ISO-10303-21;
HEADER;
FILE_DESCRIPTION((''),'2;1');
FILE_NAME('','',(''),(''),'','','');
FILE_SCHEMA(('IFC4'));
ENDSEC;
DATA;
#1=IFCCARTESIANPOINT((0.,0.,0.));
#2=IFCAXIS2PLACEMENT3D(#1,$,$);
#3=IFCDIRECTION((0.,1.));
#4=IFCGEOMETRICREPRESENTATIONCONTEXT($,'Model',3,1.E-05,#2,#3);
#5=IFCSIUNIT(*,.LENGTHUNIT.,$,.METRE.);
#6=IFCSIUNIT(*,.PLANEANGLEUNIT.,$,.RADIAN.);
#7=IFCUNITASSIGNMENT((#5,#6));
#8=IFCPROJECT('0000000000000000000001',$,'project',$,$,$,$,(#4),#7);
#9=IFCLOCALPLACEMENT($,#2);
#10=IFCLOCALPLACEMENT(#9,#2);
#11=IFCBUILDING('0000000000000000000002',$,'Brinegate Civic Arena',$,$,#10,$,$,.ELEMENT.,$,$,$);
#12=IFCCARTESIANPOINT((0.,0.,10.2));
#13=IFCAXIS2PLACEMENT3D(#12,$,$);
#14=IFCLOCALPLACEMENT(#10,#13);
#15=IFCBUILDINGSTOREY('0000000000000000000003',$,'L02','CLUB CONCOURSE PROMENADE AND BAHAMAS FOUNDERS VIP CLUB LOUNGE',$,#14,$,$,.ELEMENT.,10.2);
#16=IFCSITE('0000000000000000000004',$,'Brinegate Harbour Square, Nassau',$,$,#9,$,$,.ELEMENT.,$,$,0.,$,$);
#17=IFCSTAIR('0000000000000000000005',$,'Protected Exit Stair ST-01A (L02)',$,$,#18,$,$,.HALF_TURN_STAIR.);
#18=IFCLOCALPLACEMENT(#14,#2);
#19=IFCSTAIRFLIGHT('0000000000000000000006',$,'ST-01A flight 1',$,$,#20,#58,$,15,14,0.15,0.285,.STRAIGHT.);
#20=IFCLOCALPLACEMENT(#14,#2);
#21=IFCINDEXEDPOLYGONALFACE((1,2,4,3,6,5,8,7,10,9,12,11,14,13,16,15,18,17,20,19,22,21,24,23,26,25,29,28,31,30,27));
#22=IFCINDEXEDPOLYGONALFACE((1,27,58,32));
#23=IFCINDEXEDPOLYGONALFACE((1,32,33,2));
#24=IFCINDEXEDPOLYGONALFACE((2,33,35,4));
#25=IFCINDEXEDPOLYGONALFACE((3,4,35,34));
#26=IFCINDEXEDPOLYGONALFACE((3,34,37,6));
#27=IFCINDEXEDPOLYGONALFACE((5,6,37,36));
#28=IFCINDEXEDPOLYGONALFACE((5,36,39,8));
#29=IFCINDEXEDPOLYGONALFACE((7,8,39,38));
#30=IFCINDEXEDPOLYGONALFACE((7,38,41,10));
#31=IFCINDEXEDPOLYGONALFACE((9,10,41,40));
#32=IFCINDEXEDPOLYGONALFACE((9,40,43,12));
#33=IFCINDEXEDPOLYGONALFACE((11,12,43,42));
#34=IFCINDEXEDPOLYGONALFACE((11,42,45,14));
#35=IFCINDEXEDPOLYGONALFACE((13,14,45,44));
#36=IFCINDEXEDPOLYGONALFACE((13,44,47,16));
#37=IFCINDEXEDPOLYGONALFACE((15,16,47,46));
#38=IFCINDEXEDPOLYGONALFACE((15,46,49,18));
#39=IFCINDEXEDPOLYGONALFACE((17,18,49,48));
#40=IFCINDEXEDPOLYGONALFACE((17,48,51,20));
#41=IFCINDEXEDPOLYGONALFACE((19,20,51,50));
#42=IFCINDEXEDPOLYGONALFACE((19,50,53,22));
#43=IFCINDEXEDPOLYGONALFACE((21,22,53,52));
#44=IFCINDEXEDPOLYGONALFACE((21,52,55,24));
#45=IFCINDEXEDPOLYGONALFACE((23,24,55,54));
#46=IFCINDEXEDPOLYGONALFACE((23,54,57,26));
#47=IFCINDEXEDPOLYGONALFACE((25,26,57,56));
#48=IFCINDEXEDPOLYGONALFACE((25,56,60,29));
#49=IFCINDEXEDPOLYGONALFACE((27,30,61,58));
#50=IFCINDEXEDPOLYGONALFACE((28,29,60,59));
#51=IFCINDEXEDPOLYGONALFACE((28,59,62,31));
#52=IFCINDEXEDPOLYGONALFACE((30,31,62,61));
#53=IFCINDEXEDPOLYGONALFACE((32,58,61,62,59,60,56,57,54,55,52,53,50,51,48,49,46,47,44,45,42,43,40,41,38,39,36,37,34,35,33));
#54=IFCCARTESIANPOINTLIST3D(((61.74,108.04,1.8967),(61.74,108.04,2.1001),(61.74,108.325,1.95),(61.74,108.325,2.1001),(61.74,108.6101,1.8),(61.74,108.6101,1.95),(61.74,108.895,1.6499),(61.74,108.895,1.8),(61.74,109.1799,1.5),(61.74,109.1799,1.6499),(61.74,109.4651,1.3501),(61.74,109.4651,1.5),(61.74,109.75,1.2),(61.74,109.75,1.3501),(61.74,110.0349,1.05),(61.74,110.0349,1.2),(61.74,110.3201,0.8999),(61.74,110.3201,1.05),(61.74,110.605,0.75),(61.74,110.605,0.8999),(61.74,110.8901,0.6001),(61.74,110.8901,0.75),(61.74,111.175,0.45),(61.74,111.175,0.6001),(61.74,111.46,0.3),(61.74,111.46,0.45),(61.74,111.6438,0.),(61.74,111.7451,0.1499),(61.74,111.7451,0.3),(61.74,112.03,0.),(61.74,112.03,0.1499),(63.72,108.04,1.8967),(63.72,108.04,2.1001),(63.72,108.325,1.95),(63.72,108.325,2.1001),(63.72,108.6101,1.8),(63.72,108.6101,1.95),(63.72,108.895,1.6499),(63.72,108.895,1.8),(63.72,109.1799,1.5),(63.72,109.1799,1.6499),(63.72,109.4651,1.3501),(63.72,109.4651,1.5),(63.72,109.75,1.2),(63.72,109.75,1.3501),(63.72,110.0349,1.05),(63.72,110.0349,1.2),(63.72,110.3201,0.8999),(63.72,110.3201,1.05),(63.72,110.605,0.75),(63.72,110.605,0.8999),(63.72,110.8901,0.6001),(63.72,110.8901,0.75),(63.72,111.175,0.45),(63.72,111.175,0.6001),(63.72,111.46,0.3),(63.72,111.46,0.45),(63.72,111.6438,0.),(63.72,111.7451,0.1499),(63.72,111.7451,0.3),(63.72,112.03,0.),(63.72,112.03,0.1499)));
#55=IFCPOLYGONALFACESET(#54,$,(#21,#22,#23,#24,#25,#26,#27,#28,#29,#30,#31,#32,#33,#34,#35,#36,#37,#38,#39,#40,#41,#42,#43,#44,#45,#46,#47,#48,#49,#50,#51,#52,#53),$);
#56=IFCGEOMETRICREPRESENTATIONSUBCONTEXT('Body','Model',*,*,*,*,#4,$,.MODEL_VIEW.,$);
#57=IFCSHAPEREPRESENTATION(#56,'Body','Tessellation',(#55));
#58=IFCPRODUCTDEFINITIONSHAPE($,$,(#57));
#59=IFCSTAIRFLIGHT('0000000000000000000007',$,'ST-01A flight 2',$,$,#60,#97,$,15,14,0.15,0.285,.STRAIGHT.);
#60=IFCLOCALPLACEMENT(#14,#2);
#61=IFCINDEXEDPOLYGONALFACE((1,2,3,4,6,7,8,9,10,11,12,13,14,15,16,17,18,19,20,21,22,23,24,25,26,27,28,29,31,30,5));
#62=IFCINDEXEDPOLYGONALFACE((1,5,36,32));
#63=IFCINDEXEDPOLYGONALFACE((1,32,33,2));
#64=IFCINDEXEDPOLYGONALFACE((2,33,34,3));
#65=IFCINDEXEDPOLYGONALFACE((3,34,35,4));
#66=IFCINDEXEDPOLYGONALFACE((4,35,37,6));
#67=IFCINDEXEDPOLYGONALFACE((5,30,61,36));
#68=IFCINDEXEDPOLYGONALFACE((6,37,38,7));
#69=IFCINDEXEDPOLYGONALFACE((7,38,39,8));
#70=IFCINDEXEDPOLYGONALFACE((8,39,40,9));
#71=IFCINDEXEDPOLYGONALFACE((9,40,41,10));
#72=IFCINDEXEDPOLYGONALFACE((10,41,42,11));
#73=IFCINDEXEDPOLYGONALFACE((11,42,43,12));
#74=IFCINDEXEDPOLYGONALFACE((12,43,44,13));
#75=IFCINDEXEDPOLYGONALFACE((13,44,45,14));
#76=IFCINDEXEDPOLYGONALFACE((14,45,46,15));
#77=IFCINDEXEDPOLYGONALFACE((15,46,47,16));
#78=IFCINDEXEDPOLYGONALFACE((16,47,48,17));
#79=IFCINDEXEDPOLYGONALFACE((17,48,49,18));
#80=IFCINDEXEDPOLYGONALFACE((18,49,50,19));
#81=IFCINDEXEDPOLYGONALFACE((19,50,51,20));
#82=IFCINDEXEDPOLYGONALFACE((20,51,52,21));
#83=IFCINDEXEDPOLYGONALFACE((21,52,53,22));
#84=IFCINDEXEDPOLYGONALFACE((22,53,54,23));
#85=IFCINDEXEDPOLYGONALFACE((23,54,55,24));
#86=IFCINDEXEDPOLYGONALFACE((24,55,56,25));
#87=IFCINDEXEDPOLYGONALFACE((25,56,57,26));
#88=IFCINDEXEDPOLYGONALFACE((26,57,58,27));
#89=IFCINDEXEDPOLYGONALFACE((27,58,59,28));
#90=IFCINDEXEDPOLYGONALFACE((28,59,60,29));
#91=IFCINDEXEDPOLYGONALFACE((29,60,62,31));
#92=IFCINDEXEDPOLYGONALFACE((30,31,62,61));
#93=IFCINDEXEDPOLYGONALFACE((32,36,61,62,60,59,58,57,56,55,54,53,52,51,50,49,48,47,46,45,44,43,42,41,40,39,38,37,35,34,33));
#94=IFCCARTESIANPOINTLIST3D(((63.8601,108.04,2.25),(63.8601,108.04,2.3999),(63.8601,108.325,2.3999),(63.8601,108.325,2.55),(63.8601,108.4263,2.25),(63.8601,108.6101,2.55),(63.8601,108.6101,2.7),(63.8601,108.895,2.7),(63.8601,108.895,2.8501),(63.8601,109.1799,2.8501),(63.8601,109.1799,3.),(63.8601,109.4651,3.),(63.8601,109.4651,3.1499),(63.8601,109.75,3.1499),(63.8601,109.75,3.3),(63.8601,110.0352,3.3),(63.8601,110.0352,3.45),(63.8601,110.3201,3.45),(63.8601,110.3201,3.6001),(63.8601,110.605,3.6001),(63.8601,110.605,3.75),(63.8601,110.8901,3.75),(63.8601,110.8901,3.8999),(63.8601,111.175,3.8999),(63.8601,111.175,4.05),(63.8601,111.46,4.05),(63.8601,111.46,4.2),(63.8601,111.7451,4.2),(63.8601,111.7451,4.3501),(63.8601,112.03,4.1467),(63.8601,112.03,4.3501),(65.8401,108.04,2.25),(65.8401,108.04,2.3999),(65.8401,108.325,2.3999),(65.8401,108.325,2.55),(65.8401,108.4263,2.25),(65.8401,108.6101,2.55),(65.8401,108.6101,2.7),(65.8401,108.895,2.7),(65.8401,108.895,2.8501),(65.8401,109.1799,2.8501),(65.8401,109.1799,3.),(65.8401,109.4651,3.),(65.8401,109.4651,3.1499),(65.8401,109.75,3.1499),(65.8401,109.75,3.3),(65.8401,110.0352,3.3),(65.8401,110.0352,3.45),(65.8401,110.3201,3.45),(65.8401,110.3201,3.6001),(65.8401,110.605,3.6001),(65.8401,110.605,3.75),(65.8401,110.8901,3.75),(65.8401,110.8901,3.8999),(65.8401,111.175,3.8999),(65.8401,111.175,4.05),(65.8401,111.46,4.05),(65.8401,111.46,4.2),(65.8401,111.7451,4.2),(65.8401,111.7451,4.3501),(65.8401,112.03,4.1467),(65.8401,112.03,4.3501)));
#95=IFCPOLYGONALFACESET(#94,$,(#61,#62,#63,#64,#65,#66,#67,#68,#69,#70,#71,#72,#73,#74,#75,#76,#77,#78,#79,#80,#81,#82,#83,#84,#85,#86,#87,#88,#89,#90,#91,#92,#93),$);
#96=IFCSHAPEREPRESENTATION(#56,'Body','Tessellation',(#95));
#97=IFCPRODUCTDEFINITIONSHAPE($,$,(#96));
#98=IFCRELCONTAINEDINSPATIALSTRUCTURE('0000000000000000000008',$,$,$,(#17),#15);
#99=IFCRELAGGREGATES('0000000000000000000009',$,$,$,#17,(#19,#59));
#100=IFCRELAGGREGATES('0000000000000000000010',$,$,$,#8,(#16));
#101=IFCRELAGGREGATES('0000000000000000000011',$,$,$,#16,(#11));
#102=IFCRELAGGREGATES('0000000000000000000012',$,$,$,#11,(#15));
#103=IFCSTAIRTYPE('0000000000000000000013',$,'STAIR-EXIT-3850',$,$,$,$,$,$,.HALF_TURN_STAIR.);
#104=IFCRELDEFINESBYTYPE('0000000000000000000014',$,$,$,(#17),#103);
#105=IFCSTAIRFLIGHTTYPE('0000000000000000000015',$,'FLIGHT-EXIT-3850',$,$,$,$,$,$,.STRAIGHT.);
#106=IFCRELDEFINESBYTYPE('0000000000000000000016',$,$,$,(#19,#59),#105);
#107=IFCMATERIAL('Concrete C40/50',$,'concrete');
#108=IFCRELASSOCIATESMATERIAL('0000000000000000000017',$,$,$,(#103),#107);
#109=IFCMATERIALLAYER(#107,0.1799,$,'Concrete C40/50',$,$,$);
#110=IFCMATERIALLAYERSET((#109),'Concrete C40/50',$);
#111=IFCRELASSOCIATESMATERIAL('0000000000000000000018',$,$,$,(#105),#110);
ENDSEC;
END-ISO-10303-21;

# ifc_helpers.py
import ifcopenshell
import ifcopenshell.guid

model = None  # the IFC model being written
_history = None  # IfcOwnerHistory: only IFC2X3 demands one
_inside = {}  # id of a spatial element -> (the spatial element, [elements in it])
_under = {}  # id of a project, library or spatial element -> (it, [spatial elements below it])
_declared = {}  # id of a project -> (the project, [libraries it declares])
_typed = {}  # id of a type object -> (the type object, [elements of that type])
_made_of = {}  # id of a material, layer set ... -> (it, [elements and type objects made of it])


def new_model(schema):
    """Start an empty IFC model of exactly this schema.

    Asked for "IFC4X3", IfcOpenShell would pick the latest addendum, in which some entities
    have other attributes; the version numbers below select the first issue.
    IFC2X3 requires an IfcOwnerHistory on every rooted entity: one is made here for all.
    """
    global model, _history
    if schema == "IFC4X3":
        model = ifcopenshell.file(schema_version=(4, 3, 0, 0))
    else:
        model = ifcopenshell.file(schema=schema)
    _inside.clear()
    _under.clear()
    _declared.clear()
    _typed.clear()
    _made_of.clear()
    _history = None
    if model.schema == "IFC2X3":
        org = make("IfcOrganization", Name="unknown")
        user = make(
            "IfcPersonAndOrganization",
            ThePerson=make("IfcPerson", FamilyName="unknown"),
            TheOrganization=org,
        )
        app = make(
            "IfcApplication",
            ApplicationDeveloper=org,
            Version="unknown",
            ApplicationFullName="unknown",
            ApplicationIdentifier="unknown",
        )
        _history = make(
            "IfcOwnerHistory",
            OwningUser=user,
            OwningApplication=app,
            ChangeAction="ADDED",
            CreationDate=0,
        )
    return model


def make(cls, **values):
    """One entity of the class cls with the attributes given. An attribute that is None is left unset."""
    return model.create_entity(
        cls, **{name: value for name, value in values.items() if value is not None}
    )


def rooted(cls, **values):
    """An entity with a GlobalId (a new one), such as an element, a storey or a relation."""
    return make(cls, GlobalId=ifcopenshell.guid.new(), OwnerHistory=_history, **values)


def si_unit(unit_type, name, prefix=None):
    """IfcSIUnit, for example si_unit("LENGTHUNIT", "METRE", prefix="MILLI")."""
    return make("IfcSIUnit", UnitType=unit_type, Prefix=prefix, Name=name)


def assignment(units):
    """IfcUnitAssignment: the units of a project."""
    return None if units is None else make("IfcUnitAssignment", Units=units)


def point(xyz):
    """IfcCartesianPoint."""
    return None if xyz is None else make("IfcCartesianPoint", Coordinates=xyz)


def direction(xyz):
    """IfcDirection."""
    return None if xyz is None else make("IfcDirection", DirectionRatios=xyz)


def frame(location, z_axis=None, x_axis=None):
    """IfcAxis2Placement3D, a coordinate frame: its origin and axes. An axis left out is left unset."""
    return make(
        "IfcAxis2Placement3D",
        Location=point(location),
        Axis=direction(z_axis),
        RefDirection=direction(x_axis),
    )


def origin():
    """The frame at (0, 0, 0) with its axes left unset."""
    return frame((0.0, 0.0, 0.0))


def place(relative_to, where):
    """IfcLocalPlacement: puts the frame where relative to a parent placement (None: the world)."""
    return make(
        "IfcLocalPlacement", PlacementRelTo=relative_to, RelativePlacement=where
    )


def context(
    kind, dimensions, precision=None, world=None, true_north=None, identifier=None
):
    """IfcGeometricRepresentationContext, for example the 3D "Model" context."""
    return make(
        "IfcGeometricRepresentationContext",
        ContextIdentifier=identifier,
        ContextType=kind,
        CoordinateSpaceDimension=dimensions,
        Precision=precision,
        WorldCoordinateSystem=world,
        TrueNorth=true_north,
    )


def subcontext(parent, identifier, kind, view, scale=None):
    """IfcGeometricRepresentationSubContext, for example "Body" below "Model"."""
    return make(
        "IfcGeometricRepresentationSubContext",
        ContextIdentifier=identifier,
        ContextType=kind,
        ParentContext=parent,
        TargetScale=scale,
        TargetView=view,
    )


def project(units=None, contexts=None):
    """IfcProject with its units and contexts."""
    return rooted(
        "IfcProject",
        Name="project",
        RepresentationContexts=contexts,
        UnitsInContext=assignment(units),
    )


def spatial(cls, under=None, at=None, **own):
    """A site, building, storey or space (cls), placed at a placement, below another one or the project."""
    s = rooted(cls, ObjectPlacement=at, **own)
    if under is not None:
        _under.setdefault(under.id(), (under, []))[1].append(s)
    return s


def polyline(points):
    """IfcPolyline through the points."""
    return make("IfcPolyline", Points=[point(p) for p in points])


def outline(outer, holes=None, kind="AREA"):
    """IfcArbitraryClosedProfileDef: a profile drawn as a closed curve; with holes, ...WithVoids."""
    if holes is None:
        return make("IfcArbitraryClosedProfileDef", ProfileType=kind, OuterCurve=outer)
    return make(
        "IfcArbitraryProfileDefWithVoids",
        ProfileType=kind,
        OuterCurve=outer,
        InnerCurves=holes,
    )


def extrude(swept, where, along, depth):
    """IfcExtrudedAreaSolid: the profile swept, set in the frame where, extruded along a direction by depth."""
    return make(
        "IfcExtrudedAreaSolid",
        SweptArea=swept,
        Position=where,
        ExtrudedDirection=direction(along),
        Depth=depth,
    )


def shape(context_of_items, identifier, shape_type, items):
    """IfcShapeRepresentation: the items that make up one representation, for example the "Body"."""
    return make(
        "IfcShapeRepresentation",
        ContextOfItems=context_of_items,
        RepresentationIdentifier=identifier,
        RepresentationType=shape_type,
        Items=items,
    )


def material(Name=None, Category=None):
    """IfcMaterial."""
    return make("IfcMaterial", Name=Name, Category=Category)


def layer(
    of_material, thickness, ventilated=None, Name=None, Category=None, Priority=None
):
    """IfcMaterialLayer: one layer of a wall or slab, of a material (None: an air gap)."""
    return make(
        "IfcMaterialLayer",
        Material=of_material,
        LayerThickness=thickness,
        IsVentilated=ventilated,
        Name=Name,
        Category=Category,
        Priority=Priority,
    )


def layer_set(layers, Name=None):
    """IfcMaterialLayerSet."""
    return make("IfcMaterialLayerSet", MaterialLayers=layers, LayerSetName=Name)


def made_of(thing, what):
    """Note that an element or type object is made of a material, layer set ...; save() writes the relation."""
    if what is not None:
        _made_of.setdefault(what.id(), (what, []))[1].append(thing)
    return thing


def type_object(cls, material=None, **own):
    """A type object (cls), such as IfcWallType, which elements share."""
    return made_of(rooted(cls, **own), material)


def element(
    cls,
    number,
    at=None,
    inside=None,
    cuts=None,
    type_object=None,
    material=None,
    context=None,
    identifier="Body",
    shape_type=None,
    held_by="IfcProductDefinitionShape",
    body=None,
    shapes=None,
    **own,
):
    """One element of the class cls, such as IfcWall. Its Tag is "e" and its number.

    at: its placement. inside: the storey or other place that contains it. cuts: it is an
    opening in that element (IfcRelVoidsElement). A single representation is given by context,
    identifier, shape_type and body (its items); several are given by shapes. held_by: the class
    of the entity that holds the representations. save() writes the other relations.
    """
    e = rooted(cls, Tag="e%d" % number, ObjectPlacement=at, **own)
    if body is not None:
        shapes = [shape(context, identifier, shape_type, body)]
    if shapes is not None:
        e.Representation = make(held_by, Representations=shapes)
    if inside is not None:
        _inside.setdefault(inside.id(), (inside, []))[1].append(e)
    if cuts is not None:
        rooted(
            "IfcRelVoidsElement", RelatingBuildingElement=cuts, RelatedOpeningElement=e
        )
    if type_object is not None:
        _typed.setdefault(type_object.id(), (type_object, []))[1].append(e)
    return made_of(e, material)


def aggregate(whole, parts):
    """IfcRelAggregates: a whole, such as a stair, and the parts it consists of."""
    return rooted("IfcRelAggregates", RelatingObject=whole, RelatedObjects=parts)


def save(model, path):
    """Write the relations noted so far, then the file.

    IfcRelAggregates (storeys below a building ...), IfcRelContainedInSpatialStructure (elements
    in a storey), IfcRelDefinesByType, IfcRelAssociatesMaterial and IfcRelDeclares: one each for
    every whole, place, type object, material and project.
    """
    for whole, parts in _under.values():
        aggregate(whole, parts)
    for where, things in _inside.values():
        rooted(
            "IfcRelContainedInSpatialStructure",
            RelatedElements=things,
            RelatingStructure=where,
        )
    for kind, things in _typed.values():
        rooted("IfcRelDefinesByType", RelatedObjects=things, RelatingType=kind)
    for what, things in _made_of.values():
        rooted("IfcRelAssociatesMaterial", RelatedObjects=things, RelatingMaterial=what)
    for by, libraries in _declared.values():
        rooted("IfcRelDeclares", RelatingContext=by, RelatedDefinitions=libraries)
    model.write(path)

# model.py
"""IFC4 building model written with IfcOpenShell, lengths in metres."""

from ifc_helpers import new_model, si_unit, direction, frame, origin, place, context, subcontext, project, spatial, polyline, outline, extrude, material, layer, layer_set, type_object, element, aggregate, save


model = new_model("IFC4")

# Units and contexts
model_context = context("Model", 3, precision=1e-05, world=origin(), true_north=direction((0.0, 1.0)))
body_context = subcontext(model_context, "Body", "Model", "MODEL_VIEW")
ifc_project = project(units=[si_unit("LENGTHUNIT", "METRE"), si_unit("PLANEANGLEUNIT", "RADIAN")], contexts=[model_context])

# Site, building, storey
site_placement = place(None, origin())
site = spatial("IfcSite", under=ifc_project, at=site_placement, Name="Brinegate Harbour Square, Nassau", CompositionType="ELEMENT", RefElevation=0.0)
building_placement = place(site_placement, origin())
building = spatial("IfcBuilding", under=site, at=building_placement, Name="Brinegate Civic Arena", CompositionType="ELEMENT")
storey_placement = place(building_placement, frame((0.0, 0.0, 10.2)))
storey = spatial("IfcBuildingStorey", under=building, at=storey_placement, Name="L02", Description="CLUB CONCOURSE PROMENADE AND BAHAMAS FOUNDERS VIP CLUB LOUNGE", CompositionType="ELEMENT", Elevation=10.2)

# Stair, stair flights
ifc_material_1 = material(Name="Concrete C40/50", Category="concrete")
stair_type_1 = type_object("IfcStairType", Name="STAIR-EXIT-3850", PredefinedType="HALF_TURN_STAIR", material=ifc_material_1)
stair_1_placement = place(storey_placement, origin())
stair_1 = element("IfcStair", 1, at=stair_1_placement, inside=storey, type_object=stair_type_1, Name="Protected Exit Stair ST-01A (L02)", PredefinedType="HALF_TURN_STAIR")
ifc_layer_1 = layer(ifc_material_1, 0.1799, Name="Concrete C40/50")
ifc_layer_set_1 = layer_set([ifc_layer_1], Name="Concrete C40/50")
stair_flight_type_1 = type_object("IfcStairFlightType", Name="FLIGHT-EXIT-3850", PredefinedType="STRAIGHT", material=ifc_layer_set_1)
stair_flight_1_placement = place(storey_placement, frame((62.73, 112.03, 0.0), z_axis=(0.0, 0.0, 1.0), x_axis=(0.0, -1.0, 0.0)))
stair_flight_1 = element("IfcStairFlight", 2, at=stair_flight_1_placement, type_object=stair_flight_type_1, Name="ST-01A flight 1", NumberOfRisers=15, NumberOfTreads=14, PredefinedType="STRAIGHT", RiserHeight=0.15, TreadLength=0.285, context=body_context, shape_type="SweptSolid", body=[
    extrude(outline(polyline([(0.0, 0.0), (0.0, 0.1499), (0.2849, 0.1499), (0.2849, 0.3), (0.5701, 0.3), (0.5701, 0.45), (0.855, 0.45), (0.855, 0.6001), (1.1399, 0.6001), (1.1399, 0.75), (1.425, 0.75), (1.425, 0.8999), (1.71, 0.8999), (1.71, 1.05), (1.9951, 1.05), (1.9951, 1.2), (2.28, 1.2), (2.28, 1.3501), (2.5649, 1.3501), (2.5649, 1.5), (2.8501, 1.5), (2.8501, 1.6499), (3.135, 1.6499), (3.135, 1.8), (3.4199, 1.8), (3.4199, 1.95), (3.7051, 1.95), (3.7051, 2.1001), (3.99, 2.1001), (3.99, 2.25), (3.99, 1.8967), (0.3862, 0.0), (0.0, 0.0)])), frame((0.0, 0.99, 0.0), z_axis=(0.0, -1.0, 0.0), x_axis=(1.0, 0.0, 0.0)), (0.0, 0.0, 1.0), 1.98),
])
stair_flight_2_placement = place(storey_placement, frame((64.8501, 108.04, 2.25), z_axis=(0.0, 0.0, 1.0), x_axis=(0.0, 1.0, 0.0)))
stair_flight_2 = element("IfcStairFlight", 3, at=stair_flight_2_placement, type_object=stair_flight_type_1, Name="ST-01A flight 2", NumberOfRisers=15, NumberOfTreads=14, PredefinedType="STRAIGHT", RiserHeight=0.15, TreadLength=0.285, context=body_context, shape_type="SweptSolid", body=[
    extrude(outline(polyline([(0.0, 0.0), (0.0, 0.1499), (0.2849, 0.1499), (0.2849, 0.3), (0.5701, 0.3), (0.5701, 0.45), (0.855, 0.45), (0.855, 0.6001), (1.1399, 0.6001), (1.1399, 0.75), (1.425, 0.75), (1.425, 0.8999), (1.71, 0.8999), (1.71, 1.05), (1.9951, 1.05), (1.9951, 1.2), (2.28, 1.2), (2.28, 1.3501), (2.5649, 1.3501), (2.5649, 1.5), (2.8501, 1.5), (2.8501, 1.6499), (3.135, 1.6499), (3.135, 1.8), (3.4199, 1.8), (3.4199, 1.95), (3.7051, 1.95), (3.7051, 2.1001), (3.99, 2.1001), (3.99, 2.25), (3.99, 1.8967), (0.3862, 0.0), (0.0, 0.0)])), frame((0.0, 0.99, 0.0), z_axis=(0.0, -1.0, 0.0), x_axis=(1.0, 0.0, 0.0)), (0.0, 0.0, 1.0), 1.98),
])
aggregate(stair_1, [stair_flight_1, stair_flight_2])

save(model, "model.ifc")
